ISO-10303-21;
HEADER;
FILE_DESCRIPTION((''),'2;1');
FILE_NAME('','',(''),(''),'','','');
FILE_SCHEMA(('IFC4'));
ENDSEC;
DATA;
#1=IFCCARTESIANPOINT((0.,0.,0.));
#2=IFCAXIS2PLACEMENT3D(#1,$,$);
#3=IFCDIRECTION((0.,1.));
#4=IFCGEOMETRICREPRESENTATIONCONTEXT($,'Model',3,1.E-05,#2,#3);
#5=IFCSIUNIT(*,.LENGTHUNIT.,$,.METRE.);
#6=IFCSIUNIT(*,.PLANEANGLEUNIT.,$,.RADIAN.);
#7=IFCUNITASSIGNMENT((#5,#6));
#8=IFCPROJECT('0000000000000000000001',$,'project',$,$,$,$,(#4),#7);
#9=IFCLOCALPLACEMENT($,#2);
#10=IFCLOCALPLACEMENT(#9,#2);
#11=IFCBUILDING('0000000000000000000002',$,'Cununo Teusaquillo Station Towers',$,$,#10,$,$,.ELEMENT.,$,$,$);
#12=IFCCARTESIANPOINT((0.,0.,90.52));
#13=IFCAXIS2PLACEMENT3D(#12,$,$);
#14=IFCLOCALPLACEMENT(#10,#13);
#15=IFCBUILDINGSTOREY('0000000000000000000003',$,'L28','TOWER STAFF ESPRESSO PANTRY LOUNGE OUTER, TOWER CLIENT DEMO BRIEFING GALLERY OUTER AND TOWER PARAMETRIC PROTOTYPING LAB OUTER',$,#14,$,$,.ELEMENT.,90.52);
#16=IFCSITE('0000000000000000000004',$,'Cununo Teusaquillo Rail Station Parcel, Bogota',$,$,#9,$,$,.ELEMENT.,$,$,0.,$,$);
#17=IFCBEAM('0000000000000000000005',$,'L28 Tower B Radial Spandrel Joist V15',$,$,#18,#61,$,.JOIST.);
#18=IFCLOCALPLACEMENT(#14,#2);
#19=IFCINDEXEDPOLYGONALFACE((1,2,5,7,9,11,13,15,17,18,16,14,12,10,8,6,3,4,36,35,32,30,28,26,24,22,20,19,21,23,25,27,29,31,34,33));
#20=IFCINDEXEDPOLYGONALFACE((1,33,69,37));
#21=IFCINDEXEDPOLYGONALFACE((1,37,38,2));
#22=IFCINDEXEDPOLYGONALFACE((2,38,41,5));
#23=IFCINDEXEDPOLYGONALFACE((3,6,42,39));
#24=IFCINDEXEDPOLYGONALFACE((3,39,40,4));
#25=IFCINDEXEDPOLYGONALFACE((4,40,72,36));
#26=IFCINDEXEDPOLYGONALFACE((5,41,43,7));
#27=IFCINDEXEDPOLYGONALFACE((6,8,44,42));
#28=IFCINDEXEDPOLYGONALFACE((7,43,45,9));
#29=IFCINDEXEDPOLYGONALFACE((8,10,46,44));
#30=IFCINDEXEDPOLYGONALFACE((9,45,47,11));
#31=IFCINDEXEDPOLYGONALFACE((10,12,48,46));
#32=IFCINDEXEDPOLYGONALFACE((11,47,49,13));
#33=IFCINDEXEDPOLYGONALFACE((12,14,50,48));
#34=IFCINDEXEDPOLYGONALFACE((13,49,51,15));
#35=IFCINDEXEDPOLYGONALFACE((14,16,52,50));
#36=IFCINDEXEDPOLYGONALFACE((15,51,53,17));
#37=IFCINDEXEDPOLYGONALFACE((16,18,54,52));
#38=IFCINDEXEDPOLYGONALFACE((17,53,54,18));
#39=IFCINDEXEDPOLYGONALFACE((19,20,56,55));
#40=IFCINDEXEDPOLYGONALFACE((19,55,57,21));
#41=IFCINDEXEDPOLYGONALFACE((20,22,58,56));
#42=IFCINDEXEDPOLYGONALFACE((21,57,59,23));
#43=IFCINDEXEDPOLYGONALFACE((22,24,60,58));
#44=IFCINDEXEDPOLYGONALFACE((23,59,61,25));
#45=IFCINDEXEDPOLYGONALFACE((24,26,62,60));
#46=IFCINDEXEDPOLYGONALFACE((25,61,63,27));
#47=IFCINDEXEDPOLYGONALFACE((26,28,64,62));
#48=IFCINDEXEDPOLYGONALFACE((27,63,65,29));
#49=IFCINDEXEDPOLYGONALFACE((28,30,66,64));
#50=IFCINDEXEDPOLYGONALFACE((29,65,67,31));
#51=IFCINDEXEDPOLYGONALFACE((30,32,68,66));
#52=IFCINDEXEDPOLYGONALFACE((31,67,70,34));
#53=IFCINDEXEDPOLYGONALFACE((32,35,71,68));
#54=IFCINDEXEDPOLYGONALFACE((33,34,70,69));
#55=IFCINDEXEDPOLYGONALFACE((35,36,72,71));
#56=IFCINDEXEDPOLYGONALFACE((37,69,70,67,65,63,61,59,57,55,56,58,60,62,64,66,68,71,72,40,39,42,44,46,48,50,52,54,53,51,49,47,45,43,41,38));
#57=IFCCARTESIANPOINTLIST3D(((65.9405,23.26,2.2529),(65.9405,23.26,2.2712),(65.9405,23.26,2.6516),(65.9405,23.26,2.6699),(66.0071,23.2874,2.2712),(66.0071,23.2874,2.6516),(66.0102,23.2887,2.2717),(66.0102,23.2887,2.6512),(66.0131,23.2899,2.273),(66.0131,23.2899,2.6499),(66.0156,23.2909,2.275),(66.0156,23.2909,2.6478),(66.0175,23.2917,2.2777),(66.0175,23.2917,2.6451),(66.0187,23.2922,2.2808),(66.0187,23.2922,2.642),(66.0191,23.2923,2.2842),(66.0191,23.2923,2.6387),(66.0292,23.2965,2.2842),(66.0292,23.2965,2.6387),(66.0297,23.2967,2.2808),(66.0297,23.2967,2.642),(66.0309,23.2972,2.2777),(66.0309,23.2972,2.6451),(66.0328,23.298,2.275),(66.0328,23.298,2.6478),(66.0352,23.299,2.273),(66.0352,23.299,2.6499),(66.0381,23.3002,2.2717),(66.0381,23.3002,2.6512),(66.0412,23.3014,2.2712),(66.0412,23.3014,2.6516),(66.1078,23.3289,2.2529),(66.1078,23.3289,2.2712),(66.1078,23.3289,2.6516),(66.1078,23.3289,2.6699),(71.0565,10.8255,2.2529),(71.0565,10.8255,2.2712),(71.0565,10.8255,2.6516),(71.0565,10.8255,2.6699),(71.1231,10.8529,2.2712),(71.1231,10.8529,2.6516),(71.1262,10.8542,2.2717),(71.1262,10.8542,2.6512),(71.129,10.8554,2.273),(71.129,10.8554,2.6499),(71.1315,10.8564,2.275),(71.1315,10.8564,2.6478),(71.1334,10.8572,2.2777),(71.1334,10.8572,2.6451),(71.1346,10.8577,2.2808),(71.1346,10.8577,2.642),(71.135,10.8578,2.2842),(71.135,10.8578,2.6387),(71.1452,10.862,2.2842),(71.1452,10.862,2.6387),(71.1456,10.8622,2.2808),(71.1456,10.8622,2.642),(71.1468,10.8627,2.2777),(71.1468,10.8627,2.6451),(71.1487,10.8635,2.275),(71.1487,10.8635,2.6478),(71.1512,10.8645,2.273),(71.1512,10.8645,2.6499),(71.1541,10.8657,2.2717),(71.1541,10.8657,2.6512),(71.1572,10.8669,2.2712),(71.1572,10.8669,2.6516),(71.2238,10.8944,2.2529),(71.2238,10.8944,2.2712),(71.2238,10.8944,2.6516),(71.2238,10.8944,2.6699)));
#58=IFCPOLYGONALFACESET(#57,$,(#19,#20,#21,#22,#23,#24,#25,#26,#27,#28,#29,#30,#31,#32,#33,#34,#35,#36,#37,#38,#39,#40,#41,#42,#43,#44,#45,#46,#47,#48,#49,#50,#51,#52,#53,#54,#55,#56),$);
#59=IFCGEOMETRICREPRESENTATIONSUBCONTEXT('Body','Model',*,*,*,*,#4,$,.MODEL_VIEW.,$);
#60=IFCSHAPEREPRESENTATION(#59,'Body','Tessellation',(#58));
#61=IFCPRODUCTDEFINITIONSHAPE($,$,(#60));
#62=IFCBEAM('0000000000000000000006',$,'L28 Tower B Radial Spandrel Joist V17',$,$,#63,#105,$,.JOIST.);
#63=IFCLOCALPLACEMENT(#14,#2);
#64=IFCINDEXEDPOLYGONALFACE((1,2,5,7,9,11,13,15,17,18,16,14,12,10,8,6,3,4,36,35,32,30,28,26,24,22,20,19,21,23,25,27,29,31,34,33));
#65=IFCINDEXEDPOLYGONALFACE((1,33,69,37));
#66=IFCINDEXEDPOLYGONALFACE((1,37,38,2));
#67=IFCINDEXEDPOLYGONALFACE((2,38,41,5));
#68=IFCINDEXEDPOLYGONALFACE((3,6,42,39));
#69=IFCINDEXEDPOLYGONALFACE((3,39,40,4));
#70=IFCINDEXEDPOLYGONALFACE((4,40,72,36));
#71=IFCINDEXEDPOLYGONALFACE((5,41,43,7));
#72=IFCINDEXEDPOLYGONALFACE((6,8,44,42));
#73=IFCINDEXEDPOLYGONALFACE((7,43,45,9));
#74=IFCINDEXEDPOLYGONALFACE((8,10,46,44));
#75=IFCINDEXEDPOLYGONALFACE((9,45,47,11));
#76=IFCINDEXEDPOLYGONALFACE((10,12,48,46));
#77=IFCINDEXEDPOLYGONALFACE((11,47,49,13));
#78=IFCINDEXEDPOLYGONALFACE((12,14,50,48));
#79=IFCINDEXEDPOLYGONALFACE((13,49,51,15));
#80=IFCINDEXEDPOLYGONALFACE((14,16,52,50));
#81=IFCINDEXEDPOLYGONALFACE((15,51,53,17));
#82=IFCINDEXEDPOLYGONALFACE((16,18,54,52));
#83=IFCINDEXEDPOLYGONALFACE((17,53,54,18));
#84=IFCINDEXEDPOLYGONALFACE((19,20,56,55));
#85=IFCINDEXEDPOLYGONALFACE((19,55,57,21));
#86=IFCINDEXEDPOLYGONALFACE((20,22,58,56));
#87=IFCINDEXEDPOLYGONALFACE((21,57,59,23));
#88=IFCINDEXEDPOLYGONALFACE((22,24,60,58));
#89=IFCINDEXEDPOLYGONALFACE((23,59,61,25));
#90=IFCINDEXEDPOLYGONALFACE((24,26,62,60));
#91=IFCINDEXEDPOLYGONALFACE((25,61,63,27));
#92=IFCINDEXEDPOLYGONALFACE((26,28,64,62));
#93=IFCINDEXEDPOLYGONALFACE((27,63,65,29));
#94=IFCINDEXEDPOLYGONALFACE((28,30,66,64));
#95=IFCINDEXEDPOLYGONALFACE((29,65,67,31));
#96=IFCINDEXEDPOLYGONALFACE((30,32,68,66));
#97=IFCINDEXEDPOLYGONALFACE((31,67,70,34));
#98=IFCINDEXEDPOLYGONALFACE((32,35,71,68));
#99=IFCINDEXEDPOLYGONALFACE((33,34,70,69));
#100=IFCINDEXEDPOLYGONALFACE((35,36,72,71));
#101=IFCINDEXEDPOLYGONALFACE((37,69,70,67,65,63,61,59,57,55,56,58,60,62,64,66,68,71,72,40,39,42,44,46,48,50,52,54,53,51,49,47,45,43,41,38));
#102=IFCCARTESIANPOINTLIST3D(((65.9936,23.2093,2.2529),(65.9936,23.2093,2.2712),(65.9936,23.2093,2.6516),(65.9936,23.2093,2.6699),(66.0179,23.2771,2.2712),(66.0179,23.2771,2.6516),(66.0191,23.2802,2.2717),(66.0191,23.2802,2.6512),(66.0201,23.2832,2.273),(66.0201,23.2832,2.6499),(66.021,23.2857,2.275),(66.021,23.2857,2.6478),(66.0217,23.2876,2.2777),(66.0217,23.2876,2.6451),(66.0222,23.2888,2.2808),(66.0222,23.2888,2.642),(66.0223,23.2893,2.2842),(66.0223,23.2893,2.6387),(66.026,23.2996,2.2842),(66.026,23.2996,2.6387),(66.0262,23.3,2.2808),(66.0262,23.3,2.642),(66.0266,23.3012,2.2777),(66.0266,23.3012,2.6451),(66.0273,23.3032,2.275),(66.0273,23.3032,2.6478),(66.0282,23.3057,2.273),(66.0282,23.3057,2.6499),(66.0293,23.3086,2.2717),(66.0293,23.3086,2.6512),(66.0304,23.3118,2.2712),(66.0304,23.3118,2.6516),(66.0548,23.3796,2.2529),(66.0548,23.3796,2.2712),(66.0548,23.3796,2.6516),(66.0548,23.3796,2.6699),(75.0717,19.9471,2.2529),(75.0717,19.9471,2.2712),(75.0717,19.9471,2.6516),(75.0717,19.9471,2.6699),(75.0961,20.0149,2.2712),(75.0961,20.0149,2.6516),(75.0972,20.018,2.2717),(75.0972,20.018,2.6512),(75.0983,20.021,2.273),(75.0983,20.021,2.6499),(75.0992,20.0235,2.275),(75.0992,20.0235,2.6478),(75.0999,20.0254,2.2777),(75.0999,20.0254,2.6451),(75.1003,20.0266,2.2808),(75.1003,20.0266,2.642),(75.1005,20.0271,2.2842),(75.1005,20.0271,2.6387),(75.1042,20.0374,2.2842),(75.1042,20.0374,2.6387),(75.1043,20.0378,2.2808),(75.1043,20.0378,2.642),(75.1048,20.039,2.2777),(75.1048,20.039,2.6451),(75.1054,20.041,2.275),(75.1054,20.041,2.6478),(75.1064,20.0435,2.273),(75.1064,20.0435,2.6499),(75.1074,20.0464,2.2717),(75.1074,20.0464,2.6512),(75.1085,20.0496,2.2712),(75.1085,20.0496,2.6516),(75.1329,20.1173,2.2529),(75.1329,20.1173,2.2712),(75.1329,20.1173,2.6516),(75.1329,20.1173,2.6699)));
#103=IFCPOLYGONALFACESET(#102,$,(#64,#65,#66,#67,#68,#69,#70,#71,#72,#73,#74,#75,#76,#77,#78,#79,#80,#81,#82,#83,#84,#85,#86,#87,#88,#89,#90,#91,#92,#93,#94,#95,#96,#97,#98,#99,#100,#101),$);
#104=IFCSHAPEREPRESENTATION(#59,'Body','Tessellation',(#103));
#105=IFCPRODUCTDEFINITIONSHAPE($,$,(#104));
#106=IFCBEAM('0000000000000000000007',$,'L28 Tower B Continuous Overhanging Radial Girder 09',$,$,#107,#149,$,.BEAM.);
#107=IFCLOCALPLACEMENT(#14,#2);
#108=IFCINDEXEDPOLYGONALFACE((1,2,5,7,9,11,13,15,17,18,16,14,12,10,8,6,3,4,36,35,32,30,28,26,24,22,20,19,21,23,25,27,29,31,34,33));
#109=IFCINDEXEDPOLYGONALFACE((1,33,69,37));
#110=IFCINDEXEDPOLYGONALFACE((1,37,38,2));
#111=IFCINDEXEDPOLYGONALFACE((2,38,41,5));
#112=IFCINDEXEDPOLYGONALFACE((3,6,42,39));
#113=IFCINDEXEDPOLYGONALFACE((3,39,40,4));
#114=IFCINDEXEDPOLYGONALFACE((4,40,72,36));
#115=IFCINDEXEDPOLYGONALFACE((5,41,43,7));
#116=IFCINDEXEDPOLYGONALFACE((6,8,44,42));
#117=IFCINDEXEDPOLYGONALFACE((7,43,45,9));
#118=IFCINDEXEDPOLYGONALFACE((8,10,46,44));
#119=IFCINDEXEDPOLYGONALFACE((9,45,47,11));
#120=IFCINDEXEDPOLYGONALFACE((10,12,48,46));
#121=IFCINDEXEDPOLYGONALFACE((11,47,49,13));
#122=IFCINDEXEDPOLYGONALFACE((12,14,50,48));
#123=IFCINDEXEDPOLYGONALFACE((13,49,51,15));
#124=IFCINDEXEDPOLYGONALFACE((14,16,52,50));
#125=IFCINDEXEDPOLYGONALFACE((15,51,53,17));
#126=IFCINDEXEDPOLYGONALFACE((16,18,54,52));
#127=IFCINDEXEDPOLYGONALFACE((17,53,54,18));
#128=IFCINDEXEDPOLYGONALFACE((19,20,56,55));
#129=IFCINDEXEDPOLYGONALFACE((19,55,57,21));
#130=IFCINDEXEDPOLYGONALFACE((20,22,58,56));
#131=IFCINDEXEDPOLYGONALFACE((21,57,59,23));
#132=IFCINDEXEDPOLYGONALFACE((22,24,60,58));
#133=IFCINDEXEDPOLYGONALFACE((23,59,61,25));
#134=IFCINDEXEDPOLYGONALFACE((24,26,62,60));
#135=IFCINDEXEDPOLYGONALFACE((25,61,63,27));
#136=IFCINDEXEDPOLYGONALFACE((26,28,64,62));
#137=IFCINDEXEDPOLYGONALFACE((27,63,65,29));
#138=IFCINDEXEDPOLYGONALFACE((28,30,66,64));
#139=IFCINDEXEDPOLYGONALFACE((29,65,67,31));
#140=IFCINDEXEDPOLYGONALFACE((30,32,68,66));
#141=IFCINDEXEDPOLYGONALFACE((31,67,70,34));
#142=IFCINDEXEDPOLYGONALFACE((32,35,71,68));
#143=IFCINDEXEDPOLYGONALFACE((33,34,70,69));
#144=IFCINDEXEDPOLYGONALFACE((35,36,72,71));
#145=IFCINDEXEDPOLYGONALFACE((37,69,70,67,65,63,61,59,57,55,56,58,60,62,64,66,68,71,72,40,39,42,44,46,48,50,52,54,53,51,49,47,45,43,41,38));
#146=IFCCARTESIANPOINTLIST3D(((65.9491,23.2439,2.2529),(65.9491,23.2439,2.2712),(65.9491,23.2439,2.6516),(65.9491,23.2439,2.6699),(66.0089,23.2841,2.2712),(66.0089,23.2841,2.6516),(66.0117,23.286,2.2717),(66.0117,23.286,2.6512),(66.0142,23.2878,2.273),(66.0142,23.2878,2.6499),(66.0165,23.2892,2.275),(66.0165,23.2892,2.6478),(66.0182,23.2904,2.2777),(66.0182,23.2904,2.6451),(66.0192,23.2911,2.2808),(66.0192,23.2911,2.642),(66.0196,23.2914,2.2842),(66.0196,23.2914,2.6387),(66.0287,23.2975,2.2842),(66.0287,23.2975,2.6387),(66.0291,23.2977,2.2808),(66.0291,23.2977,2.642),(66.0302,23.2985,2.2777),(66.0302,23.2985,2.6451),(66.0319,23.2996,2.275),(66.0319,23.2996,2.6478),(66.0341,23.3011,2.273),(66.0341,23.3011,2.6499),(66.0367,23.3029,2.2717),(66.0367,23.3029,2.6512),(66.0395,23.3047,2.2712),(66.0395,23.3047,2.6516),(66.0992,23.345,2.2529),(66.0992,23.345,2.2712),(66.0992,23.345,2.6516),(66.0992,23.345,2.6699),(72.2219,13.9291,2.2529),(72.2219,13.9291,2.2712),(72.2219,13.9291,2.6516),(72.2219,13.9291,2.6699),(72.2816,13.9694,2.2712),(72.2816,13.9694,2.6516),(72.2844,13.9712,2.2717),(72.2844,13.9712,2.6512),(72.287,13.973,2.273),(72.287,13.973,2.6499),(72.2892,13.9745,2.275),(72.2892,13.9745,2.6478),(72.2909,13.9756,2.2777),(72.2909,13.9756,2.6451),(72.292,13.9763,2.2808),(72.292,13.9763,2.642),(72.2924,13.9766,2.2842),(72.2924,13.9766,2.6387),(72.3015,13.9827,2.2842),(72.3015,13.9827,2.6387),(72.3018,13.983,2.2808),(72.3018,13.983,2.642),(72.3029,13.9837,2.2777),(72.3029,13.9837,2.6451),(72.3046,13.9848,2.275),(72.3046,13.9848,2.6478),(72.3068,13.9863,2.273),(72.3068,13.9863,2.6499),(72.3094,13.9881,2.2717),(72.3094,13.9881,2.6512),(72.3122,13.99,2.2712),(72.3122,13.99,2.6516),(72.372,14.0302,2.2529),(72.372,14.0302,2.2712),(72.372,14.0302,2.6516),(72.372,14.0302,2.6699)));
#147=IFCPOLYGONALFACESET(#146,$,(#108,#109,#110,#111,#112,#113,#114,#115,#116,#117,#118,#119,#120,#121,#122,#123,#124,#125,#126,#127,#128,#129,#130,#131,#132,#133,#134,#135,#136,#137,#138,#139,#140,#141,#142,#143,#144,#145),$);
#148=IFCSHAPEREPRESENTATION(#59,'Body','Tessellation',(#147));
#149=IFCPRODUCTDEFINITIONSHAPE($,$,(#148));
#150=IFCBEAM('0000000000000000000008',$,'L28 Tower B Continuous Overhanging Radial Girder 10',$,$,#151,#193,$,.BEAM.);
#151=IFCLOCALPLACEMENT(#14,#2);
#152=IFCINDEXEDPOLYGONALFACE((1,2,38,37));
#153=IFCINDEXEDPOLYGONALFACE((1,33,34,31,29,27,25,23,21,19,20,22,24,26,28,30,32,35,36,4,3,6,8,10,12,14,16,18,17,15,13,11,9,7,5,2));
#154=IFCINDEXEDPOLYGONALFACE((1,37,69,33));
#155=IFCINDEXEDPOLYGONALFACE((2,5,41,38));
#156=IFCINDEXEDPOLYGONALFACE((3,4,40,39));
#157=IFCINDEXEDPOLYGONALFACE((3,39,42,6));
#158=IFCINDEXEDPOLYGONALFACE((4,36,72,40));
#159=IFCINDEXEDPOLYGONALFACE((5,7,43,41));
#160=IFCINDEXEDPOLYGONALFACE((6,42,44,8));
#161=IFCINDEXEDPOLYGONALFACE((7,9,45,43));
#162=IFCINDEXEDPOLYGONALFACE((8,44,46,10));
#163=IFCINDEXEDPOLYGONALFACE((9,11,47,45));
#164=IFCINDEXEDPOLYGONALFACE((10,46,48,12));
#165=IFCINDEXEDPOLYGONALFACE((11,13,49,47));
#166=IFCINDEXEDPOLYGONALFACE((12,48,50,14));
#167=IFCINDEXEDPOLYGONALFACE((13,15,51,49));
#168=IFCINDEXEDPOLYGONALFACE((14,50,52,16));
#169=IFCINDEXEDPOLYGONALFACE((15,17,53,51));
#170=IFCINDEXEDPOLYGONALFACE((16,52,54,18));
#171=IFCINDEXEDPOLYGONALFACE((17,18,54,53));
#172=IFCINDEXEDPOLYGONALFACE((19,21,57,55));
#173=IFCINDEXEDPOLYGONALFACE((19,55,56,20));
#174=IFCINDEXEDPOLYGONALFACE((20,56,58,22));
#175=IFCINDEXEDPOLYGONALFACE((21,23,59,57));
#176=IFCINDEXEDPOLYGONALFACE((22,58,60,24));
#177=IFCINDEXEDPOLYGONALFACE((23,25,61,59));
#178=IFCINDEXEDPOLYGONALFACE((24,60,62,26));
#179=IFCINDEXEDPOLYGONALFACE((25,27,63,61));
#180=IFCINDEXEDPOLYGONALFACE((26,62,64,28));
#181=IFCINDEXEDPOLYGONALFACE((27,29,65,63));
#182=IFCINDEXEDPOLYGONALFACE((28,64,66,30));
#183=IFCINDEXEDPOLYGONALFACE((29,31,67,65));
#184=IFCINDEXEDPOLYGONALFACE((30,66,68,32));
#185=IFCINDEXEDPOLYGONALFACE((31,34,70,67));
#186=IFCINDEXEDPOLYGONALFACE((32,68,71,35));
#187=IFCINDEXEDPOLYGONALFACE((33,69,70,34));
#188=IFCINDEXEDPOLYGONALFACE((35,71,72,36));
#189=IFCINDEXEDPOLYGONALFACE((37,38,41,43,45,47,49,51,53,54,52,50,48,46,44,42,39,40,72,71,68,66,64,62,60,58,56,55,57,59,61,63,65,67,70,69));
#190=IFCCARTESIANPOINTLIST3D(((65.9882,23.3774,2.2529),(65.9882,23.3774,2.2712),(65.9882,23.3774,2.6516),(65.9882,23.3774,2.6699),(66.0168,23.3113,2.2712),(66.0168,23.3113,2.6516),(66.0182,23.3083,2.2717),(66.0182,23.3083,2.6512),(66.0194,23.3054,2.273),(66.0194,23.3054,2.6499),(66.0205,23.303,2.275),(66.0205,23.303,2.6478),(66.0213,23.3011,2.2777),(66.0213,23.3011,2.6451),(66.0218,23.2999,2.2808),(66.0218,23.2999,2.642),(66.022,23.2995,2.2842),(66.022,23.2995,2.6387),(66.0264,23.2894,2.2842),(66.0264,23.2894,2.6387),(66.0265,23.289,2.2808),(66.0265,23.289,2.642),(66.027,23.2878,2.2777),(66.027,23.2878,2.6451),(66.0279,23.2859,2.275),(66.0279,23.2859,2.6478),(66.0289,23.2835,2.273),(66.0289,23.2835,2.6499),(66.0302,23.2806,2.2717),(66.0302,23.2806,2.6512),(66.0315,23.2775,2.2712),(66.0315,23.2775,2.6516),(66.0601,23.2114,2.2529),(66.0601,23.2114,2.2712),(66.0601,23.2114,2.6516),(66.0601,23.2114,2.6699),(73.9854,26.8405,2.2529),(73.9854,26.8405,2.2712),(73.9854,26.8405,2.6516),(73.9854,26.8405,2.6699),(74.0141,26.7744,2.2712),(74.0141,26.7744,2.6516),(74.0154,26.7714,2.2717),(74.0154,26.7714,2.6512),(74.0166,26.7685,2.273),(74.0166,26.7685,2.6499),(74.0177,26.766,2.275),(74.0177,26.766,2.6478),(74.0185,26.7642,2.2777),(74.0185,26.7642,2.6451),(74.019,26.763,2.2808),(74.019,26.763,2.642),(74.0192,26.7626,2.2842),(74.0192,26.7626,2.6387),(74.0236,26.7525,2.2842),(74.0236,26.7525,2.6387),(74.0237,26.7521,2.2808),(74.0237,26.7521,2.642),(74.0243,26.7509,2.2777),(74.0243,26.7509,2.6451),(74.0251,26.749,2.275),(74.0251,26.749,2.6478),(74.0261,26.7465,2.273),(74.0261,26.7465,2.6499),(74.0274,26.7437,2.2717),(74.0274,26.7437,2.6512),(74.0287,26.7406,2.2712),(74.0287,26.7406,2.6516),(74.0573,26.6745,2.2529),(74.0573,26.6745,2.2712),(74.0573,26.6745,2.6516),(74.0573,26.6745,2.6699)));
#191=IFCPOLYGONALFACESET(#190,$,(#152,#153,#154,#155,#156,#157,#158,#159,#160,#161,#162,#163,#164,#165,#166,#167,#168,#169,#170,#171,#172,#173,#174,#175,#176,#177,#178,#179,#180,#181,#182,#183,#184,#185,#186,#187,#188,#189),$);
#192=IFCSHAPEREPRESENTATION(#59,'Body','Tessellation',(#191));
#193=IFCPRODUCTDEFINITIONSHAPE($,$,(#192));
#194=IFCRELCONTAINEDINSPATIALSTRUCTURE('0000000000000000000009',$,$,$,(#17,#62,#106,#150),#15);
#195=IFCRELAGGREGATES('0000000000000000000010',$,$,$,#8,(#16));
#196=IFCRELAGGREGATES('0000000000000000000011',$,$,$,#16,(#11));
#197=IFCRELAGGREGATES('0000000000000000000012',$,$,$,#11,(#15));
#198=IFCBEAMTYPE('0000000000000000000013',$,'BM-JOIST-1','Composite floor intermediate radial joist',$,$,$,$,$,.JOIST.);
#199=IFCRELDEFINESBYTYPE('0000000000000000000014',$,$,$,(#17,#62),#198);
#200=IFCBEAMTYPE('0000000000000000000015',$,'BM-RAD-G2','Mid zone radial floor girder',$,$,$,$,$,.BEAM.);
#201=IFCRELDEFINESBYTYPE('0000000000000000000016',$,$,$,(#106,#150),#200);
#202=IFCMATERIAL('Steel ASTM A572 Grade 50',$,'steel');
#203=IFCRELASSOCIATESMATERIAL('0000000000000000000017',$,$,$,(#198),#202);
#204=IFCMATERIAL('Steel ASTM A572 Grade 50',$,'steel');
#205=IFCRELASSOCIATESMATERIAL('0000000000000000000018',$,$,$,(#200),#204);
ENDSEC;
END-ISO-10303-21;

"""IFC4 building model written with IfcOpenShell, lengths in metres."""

from ifc_helpers import new_model, si_unit, direction, frame, origin, origin_2d, place, context, subcontext, project, spatial, i_section, extrude, material, material_profile, profile_set, type_object, element, save


model = new_model("IFC4")

# Units and contexts
model_context = context("Model", 3, precision=1e-05, world=origin(), true_north=direction((0.0, 1.0)))
body_context = subcontext(model_context, "Body", "Model", "MODEL_VIEW")
ifc_project = project(units=[si_unit("LENGTHUNIT", "METRE"), si_unit("PLANEANGLEUNIT", "RADIAN")], contexts=[model_context])

# Site, building, storey
site_placement = place(None, origin())
site = spatial("IfcSite", under=ifc_project, at=site_placement, Name="Cununo Teusaquillo Rail Station Parcel, Bogota", CompositionType="ELEMENT", RefElevation=0.0)
building_placement = place(site_placement, origin())
building = spatial("IfcBuilding", under=site, at=building_placement, Name="Cununo Teusaquillo Station Towers", CompositionType="ELEMENT")
storey_placement = place(building_placement, frame((0.0, 0.0, 90.52)))
storey = spatial("IfcBuildingStorey", under=building, at=storey_placement, Name="L28", Description="TOWER STAFF ESPRESSO PANTRY LOUNGE OUTER, TOWER CLIENT DEMO BRIEFING GALLERY OUTER AND TOWER PARAMETRIC PROTOTYPING LAB OUTER", CompositionType="ELEMENT", Elevation=90.52)

# Beams
ifc_material_1 = material(Name="Steel ASTM A572 Grade 50", Category="steel")
ifc_material_profile_1 = material_profile(ifc_material_1, i_section(OverallWidth=0.1809, OverallDepth=0.417, WebThickness=0.011, FlangeThickness=0.0183, FilletRadius=0.0129, at=origin_2d()), Name="W16X57")
ifc_profile_set_1 = profile_set([ifc_material_profile_1], Name="Steel ASTM A572 Grade 50")
beam_type_1 = type_object("IfcBeamType", Name="BM-JOIST-1", Description="Composite floor intermediate radial joist", PredefinedType="JOIST", material=ifc_profile_set_1)
beam_1_placement = place(storey_placement, frame((66.0242, 23.2944, 2.4614), z_axis=(0.380486, -0.924787, 0.0), x_axis=(0.924787, 0.380486, 0.0)))
element("IfcBeam", 1, at=beam_1_placement, inside=storey, type_object=beam_type_1, Name="L28 Tower B Radial Spandrel Joist V15", PredefinedType="JOIST", context=body_context, shape_type="SweptSolid", body=[
    extrude(i_section(OverallWidth=0.1809, OverallDepth=0.417, WebThickness=0.011, FlangeThickness=0.0183, FilletRadius=0.0129, at=origin_2d()), origin(), (0.0, 0.0, 1.0), 13.4458),
])
beam_2_placement = place(storey_placement, frame((66.0242, 23.2944, 2.4614), z_axis=(0.941083, -0.338176, 0.0), x_axis=(0.338176, 0.941083, 0.0)))
element("IfcBeam", 2, at=beam_2_placement, inside=storey, type_object=beam_type_1, Name="L28 Tower B Radial Spandrel Joist V17", PredefinedType="JOIST", context=body_context, shape_type="SweptSolid", body=[
    extrude(i_section(OverallWidth=0.1809, OverallDepth=0.417, WebThickness=0.011, FlangeThickness=0.0183, FilletRadius=0.0129, at=origin_2d()), origin(), (0.0, 0.0, 1.0), 9.6465),
])
ifc_material_2 = material(Name="Steel ASTM A572 Grade 50", Category="steel")
ifc_material_profile_2 = material_profile(ifc_material_2, i_section(OverallWidth=0.1809, OverallDepth=0.417, WebThickness=0.011, FlangeThickness=0.0183, FilletRadius=0.0129, at=origin_2d()), Name="W16X57")
ifc_profile_set_2 = profile_set([ifc_material_profile_2], Name="Steel ASTM A572 Grade 50")
beam_type_2 = type_object("IfcBeamType", Name="BM-RAD-G2", Description="Mid zone radial floor girder", PredefinedType="BEAM", material=ifc_profile_set_2)
beam_3_placement = place(storey_placement, frame((66.0242, 23.2944, 2.4614), z_axis=(0.558572, -0.829456, 0.0), x_axis=(0.829456, 0.558572, 0.0)))
element("IfcBeam", 3, at=beam_3_placement, inside=storey, type_object=beam_type_2, Name="L28 Tower B Continuous Overhanging Radial Girder 09", PredefinedType="BEAM", context=body_context, shape_type="SweptSolid", body=[
    extrude(i_section(OverallWidth=0.1809, OverallDepth=0.417, WebThickness=0.011, FlangeThickness=0.0183, FilletRadius=0.0129, at=origin_2d()), origin(), (0.0, 0.0, 1.0), 11.23),
])
beam_4_placement = place(storey_placement, frame((66.0242, 23.2944, 2.4614), z_axis=(0.917655, 0.397379, 0.0), x_axis=(-0.397379, 0.917655, 0.0)))
element("IfcBeam", 4, at=beam_4_placement, inside=storey, type_object=beam_type_2, Name="L28 Tower B Continuous Overhanging Radial Girder 10", PredefinedType="BEAM", context=body_context, shape_type="SweptSolid", body=[
    extrude(i_section(OverallWidth=0.1809, OverallDepth=0.417, WebThickness=0.011, FlangeThickness=0.0183, FilletRadius=0.0129, at=origin_2d()), origin(), (0.0, 0.0, 1.0), 8.7148),
])

save(model, "model.ifc")
